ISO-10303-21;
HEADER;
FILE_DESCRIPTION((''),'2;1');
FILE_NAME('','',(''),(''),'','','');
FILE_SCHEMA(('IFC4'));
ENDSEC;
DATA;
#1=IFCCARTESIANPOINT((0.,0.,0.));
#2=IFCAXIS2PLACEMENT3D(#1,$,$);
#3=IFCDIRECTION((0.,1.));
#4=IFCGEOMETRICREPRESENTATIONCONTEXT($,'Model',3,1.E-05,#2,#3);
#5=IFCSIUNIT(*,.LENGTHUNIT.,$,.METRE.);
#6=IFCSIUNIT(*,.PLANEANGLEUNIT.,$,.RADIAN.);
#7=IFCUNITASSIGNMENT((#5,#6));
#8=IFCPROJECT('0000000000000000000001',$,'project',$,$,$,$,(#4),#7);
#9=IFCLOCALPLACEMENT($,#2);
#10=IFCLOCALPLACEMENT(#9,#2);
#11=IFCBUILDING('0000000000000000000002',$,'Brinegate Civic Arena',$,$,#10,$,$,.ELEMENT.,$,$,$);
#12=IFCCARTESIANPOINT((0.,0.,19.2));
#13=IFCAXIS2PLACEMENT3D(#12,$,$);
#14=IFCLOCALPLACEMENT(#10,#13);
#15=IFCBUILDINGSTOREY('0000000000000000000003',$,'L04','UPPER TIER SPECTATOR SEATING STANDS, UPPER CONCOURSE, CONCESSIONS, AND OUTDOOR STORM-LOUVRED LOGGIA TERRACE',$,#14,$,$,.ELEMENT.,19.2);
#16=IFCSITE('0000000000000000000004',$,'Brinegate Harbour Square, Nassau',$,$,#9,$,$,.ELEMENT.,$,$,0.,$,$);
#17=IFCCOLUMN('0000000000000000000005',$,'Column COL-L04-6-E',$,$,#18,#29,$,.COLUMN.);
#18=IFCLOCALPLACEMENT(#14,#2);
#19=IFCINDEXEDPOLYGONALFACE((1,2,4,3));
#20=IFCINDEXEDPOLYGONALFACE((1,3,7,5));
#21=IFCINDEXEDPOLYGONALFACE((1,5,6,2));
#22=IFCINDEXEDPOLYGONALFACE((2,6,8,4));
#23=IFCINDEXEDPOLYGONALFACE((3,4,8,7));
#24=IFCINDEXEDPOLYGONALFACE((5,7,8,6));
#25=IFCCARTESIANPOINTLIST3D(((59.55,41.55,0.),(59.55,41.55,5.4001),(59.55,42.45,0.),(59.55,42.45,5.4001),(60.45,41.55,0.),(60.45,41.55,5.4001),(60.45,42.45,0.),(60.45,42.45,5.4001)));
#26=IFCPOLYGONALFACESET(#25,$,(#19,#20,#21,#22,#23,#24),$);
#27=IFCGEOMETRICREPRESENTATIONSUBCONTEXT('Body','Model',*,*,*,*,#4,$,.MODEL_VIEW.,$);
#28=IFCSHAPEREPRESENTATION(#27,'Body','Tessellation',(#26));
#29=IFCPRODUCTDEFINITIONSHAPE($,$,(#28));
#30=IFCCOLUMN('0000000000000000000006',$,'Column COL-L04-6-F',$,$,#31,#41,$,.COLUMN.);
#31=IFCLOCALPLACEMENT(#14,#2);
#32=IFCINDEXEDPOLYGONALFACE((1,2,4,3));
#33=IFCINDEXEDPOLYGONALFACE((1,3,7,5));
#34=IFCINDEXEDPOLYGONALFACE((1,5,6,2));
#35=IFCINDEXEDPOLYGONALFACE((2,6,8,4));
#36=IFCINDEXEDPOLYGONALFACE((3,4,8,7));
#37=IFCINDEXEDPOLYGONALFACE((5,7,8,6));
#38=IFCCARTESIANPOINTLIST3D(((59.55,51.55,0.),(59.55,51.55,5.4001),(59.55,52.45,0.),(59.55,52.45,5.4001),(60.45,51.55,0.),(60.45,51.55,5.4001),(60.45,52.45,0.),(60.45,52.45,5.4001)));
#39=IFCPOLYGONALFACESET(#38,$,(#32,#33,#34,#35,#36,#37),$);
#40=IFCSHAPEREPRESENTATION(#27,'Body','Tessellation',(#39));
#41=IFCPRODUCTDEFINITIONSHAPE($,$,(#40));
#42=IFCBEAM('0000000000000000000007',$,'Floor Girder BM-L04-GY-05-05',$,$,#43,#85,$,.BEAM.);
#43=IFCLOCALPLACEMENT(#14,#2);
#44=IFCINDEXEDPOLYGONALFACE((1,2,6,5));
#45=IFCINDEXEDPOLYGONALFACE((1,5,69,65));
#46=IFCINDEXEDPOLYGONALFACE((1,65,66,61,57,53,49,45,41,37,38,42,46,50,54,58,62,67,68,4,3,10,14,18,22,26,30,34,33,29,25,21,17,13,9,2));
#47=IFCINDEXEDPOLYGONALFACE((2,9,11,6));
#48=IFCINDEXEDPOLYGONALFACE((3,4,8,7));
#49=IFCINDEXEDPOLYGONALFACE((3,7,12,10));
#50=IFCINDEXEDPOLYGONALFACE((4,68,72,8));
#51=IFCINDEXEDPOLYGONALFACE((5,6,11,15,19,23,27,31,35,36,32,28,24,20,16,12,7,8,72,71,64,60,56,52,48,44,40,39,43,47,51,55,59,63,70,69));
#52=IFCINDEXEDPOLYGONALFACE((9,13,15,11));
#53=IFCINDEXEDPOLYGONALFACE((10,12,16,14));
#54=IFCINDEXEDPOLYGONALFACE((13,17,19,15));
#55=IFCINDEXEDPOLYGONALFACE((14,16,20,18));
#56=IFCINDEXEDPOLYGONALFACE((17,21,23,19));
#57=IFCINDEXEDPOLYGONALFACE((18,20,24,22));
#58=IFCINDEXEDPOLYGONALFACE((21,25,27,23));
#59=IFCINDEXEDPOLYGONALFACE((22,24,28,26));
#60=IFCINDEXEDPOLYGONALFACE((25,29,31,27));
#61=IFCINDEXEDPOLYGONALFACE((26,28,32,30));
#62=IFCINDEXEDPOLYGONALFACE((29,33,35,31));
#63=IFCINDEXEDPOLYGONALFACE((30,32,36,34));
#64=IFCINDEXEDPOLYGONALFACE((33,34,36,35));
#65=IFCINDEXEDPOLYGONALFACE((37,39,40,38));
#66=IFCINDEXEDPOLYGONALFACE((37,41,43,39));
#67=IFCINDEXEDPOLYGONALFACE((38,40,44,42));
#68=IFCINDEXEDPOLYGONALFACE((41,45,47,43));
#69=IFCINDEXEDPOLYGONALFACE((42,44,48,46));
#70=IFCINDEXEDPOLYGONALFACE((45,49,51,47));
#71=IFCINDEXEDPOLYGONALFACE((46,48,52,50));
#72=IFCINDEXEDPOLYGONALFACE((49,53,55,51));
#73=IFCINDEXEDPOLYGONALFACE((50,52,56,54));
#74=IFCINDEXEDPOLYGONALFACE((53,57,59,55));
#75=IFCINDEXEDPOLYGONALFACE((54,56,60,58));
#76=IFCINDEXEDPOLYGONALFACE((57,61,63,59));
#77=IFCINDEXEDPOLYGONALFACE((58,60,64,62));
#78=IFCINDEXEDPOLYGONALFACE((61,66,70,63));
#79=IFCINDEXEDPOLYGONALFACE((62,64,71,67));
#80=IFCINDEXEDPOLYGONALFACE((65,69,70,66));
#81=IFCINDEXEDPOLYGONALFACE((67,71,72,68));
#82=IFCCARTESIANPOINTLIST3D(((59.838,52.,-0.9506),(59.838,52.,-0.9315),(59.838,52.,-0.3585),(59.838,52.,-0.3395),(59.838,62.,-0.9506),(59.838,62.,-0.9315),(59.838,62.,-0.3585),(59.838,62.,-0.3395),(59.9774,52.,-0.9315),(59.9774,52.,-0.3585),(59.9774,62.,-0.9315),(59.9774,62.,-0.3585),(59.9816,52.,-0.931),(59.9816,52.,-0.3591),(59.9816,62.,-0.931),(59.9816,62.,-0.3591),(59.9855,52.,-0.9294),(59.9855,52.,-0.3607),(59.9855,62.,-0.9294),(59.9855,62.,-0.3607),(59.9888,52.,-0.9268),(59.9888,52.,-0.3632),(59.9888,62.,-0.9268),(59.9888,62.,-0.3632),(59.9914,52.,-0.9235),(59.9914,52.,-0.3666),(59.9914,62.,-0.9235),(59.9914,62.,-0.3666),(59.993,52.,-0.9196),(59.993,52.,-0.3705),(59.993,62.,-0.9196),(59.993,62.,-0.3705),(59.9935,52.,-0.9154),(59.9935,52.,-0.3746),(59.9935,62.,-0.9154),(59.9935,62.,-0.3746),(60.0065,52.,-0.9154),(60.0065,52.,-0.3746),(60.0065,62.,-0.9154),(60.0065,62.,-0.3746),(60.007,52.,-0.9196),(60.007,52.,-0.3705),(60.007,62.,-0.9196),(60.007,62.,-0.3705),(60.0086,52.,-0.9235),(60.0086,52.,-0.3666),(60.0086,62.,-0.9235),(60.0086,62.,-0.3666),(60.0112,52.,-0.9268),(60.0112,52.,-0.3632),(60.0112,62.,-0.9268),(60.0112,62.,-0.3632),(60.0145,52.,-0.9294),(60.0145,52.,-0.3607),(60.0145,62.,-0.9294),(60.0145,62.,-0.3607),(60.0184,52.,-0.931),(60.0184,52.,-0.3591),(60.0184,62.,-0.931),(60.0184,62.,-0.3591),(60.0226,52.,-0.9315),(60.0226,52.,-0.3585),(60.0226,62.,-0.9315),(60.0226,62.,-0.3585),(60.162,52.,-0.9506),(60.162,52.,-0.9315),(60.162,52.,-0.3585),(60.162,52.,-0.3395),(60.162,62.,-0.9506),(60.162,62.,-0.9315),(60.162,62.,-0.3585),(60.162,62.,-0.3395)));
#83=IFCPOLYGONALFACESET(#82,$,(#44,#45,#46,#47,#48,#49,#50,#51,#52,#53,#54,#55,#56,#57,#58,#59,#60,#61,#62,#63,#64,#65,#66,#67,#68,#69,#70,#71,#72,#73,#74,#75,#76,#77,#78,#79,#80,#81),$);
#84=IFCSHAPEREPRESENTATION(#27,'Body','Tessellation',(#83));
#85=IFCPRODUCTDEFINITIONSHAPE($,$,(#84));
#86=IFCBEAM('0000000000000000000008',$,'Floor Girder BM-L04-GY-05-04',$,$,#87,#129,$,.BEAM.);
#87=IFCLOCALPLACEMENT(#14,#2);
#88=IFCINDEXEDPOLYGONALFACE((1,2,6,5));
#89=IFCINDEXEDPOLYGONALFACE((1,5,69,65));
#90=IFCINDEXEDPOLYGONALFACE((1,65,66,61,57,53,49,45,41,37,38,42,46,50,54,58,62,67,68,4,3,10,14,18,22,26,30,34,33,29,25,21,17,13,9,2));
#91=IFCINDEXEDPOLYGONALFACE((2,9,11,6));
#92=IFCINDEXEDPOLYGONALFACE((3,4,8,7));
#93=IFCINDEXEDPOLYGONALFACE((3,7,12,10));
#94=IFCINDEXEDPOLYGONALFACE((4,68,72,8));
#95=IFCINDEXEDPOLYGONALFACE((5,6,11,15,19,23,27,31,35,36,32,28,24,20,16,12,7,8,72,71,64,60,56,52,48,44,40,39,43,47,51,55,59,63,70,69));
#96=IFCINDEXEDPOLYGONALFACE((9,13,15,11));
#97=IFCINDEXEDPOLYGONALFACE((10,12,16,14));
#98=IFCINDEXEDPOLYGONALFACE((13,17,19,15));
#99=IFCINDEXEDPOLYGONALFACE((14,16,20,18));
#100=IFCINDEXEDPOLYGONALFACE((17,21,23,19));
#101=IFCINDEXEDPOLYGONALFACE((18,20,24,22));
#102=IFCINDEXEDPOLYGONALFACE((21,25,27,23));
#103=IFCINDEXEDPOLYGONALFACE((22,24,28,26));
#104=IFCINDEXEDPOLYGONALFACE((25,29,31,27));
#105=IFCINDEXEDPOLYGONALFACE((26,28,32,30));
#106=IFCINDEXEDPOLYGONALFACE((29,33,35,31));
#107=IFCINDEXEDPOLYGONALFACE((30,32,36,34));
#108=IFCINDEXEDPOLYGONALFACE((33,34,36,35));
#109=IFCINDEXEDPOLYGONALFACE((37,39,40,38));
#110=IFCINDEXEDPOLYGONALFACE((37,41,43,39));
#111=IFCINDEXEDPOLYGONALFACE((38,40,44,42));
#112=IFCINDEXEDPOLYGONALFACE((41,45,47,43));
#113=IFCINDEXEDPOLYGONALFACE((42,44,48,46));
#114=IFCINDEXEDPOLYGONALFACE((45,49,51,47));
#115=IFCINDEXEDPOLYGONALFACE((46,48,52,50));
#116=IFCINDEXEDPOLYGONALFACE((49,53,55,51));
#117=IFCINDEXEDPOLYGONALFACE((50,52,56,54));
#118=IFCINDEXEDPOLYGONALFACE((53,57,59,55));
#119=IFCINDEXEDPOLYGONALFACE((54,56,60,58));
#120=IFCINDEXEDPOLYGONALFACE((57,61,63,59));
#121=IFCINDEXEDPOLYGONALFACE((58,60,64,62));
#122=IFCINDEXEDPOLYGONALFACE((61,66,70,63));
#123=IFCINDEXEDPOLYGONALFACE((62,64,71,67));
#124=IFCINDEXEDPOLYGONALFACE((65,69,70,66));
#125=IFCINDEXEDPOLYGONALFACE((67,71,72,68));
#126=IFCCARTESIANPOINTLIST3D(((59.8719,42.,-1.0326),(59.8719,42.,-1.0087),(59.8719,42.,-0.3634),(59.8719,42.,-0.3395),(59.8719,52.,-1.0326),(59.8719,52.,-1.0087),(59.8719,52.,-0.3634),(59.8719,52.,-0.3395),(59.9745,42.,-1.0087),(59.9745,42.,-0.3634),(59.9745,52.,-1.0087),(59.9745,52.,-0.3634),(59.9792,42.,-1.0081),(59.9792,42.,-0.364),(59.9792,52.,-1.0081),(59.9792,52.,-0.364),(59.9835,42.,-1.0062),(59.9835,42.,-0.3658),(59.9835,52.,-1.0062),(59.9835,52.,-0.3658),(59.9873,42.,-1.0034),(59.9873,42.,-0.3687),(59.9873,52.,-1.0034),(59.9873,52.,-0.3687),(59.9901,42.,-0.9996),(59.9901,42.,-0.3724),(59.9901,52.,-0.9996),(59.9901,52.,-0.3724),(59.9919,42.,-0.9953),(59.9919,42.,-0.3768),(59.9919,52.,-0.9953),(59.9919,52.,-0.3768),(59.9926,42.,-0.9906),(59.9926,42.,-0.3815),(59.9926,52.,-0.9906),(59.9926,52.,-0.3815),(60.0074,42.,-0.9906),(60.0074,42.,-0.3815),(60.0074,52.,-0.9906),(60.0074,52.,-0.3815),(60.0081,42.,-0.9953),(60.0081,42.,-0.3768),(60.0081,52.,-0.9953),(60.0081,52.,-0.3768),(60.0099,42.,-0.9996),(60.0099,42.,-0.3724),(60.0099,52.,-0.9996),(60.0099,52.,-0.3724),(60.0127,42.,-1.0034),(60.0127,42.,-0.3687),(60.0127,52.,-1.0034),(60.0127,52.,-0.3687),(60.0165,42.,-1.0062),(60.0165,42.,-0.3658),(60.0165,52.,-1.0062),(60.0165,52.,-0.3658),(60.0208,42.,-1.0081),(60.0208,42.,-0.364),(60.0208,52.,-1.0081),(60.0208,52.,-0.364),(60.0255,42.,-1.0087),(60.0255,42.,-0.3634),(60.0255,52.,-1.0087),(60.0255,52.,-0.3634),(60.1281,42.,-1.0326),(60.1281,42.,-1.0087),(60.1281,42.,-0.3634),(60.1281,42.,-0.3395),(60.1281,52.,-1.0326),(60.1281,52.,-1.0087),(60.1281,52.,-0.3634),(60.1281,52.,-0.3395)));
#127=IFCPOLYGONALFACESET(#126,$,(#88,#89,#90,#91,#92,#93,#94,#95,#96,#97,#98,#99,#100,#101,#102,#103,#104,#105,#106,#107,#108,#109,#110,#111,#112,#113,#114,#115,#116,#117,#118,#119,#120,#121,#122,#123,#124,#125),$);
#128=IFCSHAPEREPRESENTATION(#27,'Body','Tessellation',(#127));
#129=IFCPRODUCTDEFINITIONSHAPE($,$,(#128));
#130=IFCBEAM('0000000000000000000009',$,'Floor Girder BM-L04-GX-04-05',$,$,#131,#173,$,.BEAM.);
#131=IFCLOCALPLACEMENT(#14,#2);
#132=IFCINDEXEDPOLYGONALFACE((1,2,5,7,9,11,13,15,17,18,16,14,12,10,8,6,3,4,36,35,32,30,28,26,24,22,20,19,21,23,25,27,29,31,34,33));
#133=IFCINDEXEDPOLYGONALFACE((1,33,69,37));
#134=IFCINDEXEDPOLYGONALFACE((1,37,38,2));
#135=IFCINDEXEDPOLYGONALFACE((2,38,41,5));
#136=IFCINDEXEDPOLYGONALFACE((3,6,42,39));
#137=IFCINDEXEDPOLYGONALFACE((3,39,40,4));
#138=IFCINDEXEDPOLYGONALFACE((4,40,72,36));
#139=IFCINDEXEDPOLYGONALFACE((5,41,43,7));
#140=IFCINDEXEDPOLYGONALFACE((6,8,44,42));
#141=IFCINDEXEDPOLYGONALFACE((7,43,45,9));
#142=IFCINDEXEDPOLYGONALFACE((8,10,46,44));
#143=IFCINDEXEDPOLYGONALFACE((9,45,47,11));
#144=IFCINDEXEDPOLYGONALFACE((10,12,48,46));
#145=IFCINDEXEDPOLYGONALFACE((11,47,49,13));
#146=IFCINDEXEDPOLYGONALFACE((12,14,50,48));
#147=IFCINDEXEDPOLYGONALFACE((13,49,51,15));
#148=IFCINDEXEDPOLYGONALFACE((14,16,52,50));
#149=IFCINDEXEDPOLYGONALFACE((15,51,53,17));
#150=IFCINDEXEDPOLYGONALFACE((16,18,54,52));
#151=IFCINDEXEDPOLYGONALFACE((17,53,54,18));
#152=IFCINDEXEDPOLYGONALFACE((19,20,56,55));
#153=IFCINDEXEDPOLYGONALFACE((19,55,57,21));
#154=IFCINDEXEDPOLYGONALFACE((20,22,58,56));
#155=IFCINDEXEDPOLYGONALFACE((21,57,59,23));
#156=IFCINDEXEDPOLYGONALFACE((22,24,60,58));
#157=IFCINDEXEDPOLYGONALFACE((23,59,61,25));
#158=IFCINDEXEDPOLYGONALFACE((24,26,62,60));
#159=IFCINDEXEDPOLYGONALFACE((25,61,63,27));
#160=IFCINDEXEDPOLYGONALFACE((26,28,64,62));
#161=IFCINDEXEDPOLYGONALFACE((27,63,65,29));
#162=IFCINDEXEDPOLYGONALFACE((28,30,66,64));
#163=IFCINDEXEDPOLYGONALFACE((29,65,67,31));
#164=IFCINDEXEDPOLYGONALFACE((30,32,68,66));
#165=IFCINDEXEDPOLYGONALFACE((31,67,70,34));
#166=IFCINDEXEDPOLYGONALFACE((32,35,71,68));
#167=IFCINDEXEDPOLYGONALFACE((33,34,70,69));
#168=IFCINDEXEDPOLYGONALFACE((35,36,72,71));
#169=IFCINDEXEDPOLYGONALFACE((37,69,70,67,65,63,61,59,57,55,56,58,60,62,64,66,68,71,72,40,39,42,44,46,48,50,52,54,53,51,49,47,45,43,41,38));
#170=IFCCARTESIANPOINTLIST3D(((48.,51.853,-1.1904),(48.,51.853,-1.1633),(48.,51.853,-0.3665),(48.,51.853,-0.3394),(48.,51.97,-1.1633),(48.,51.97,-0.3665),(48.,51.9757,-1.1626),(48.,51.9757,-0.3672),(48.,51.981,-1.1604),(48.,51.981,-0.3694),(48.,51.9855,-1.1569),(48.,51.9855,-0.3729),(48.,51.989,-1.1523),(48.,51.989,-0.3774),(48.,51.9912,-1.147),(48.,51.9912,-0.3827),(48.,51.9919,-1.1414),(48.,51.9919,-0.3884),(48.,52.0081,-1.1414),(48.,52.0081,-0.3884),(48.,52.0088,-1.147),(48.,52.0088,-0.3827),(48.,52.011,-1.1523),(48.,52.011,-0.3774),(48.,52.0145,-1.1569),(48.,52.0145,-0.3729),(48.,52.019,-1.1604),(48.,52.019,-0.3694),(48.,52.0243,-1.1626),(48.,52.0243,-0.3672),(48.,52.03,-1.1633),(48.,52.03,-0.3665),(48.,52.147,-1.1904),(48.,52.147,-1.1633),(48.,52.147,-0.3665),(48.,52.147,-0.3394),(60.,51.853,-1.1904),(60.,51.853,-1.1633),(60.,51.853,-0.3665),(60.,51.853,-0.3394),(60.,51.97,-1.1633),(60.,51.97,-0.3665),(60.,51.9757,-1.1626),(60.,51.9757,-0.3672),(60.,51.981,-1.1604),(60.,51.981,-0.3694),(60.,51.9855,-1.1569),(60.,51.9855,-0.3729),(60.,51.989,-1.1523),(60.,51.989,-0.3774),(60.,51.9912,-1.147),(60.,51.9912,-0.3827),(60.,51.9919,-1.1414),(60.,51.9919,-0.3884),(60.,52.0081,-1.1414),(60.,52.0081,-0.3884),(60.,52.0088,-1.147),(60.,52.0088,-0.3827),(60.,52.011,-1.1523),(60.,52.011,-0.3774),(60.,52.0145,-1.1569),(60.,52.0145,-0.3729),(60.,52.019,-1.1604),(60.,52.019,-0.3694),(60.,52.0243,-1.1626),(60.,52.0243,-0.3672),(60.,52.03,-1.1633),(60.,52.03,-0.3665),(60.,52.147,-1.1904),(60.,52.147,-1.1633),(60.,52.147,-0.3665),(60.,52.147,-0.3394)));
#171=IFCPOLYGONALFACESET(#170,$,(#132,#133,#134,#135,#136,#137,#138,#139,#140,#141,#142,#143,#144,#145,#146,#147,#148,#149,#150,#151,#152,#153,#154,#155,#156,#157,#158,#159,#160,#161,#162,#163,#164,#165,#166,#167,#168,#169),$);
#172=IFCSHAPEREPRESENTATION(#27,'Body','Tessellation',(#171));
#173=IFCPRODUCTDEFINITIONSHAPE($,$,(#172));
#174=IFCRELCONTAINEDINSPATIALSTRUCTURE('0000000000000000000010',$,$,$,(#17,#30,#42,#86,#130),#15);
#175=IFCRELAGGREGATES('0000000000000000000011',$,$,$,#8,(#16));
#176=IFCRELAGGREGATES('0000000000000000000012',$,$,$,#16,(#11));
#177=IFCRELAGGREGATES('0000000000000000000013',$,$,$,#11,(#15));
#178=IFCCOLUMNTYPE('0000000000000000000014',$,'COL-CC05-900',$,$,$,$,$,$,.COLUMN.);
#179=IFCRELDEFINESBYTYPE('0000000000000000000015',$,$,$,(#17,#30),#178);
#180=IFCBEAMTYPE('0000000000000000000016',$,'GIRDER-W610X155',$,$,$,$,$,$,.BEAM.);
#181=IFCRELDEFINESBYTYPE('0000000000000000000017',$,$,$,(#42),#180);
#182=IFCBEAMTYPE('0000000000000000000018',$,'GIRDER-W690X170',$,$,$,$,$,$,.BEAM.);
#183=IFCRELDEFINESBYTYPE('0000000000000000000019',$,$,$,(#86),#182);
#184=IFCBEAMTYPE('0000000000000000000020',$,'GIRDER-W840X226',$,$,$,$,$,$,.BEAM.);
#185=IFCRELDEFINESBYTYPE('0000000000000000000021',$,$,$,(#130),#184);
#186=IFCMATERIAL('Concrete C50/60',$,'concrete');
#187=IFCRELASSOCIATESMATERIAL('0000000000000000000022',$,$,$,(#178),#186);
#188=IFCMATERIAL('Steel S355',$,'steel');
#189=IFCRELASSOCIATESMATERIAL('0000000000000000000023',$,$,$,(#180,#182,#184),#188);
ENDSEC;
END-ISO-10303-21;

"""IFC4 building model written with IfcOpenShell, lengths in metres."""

from ifc_helpers import new_model, si_unit, direction, frame, origin, origin_2d, place, context, subcontext, project, spatial, rectangle, i_section, extrude, material, material_profile, profile_set, type_object, element, save


model = new_model("IFC4")

# Units and contexts
model_context = context("Model", 3, precision=1e-05, world=origin(), true_north=direction((0.0, 1.0)))
body_context = subcontext(model_context, "Body", "Model", "MODEL_VIEW")
ifc_project = project(units=[si_unit("LENGTHUNIT", "METRE"), si_unit("PLANEANGLEUNIT", "RADIAN")], contexts=[model_context])

# Site, building, storey
site_placement = place(None, origin())
site = spatial("IfcSite", under=ifc_project, at=site_placement, Name="Brinegate Harbour Square, Nassau", CompositionType="ELEMENT", RefElevation=0.0)
building_placement = place(site_placement, origin())
building = spatial("IfcBuilding", under=site, at=building_placement, Name="Brinegate Civic Arena", CompositionType="ELEMENT")
storey_placement = place(building_placement, frame((0.0, 0.0, 19.2)))
storey = spatial("IfcBuildingStorey", under=building, at=storey_placement, Name="L04", Description="UPPER TIER SPECTATOR SEATING STANDS, UPPER CONCOURSE, CONCESSIONS, AND OUTDOOR STORM-LOUVRED LOGGIA TERRACE", CompositionType="ELEMENT", Elevation=19.2)

# Columns
ifc_material_1 = material(Name="Concrete C50/60", Category="concrete")
ifc_material_profile_1 = material_profile(ifc_material_1, rectangle(XDim=0.8999, YDim=0.8999, at=origin_2d()), Name="RC900X900")
ifc_profile_set_1 = profile_set([ifc_material_profile_1], Name="Concrete C50/60")
column_type = type_object("IfcColumnType", Name="COL-CC05-900", PredefinedType="COLUMN", material=ifc_profile_set_1)
for number, where, z_axis, x_axis, name in (
    (1, (60.0, 42.0, 0.0), (0.0, 0.0, 1.0), (1.0, 0.0, 0.0), "Column COL-L04-6-E"),
    (2, (60.0, 52.0, 0.0), (0.0, 0.0, 1.0), (1.0, 0.0, 0.0), "Column COL-L04-6-F"),
):
    element("IfcColumn", number, at=place(storey_placement, frame(where, z_axis=z_axis, x_axis=x_axis)), inside=storey, type_object=column_type, Name=name, PredefinedType="COLUMN", context=body_context, shape_type="SweptSolid", body=[
        extrude(rectangle(XDim=0.8999, YDim=0.8999, at=origin_2d()), origin(), (0.0, 0.0, 1.0), 5.4001),
    ])

# Beams
ifc_material_2 = material(Name="Steel S355", Category="steel")
ifc_material_profile_2 = material_profile(ifc_material_2, i_section(OverallWidth=0.324, OverallDepth=0.6111, WebThickness=0.0129, FlangeThickness=0.019, FilletRadius=0.0161, at=origin_2d()), Name="W610X155")
ifc_profile_set_2 = profile_set([ifc_material_profile_2], Name="Steel S355")
beam_type_1 = type_object("IfcBeamType", Name="GIRDER-W610X155", PredefinedType="BEAM", material=ifc_profile_set_2)
beam_1_placement = place(storey_placement, frame((60.0, 52.0, -0.645), z_axis=(0.0, 1.0, 0.0), x_axis=(-1.0, 0.0, 0.0)))
element("IfcBeam", 3, at=beam_1_placement, inside=storey, type_object=beam_type_1, Name="Floor Girder BM-L04-GY-05-05", PredefinedType="BEAM", context=body_context, shape_type="SweptSolid", body=[
    extrude(i_section(OverallWidth=0.324, OverallDepth=0.6111, WebThickness=0.0129, FlangeThickness=0.019, FilletRadius=0.0161, at=origin_2d()), origin(), (0.0, 0.0, 1.0), 10.0),
])
ifc_material_profile_3 = material_profile(ifc_material_2, i_section(OverallWidth=0.2561, OverallDepth=0.6931, WebThickness=0.0149, FlangeThickness=0.0239, FilletRadius=0.0181, at=origin_2d()), Name="W690X170")
ifc_profile_set_3 = profile_set([ifc_material_profile_3], Name="Steel S355")
beam_type_2 = type_object("IfcBeamType", Name="GIRDER-W690X170", PredefinedType="BEAM", material=ifc_profile_set_3)
beam_2_placement = place(storey_placement, frame((60.0, 42.0, -0.686), z_axis=(0.0, 1.0, 0.0), x_axis=(-1.0, 0.0, 0.0)))
element("IfcBeam", 4, at=beam_2_placement, inside=storey, type_object=beam_type_2, Name="Floor Girder BM-L04-GY-05-04", PredefinedType="BEAM", context=body_context, shape_type="SweptSolid", body=[
    extrude(i_section(OverallWidth=0.2561, OverallDepth=0.6931, WebThickness=0.0149, FlangeThickness=0.0239, FilletRadius=0.0181, at=origin_2d()), origin(), (0.0, 0.0, 1.0), 10.0),
])
ifc_material_profile_4 = material_profile(ifc_material_2, i_section(OverallWidth=0.2939, OverallDepth=0.8511, WebThickness=0.0161, FlangeThickness=0.0271, FilletRadius=0.022, at=origin_2d()), Name="W840X226")
ifc_profile_set_4 = profile_set([ifc_material_profile_4], Name="Steel S355")
beam_type_3 = type_object("IfcBeamType", Name="GIRDER-W840X226", PredefinedType="BEAM", material=ifc_profile_set_4)
beam_3_placement = place(storey_placement, frame((48.0, 52.0, -0.7649), z_axis=(1.0, 0.0, 0.0), x_axis=(0.0, 1.0, 0.0)))
element("IfcBeam", 5, at=beam_3_placement, inside=storey, type_object=beam_type_3, Name="Floor Girder BM-L04-GX-04-05", PredefinedType="BEAM", context=body_context, shape_type="SweptSolid", body=[
    extrude(i_section(OverallWidth=0.2939, OverallDepth=0.8511, WebThickness=0.0161, FlangeThickness=0.0271, FilletRadius=0.022, at=origin_2d()), origin(), (0.0, 0.0, 1.0), 12.0),
])

save(model, "model.ifc")
